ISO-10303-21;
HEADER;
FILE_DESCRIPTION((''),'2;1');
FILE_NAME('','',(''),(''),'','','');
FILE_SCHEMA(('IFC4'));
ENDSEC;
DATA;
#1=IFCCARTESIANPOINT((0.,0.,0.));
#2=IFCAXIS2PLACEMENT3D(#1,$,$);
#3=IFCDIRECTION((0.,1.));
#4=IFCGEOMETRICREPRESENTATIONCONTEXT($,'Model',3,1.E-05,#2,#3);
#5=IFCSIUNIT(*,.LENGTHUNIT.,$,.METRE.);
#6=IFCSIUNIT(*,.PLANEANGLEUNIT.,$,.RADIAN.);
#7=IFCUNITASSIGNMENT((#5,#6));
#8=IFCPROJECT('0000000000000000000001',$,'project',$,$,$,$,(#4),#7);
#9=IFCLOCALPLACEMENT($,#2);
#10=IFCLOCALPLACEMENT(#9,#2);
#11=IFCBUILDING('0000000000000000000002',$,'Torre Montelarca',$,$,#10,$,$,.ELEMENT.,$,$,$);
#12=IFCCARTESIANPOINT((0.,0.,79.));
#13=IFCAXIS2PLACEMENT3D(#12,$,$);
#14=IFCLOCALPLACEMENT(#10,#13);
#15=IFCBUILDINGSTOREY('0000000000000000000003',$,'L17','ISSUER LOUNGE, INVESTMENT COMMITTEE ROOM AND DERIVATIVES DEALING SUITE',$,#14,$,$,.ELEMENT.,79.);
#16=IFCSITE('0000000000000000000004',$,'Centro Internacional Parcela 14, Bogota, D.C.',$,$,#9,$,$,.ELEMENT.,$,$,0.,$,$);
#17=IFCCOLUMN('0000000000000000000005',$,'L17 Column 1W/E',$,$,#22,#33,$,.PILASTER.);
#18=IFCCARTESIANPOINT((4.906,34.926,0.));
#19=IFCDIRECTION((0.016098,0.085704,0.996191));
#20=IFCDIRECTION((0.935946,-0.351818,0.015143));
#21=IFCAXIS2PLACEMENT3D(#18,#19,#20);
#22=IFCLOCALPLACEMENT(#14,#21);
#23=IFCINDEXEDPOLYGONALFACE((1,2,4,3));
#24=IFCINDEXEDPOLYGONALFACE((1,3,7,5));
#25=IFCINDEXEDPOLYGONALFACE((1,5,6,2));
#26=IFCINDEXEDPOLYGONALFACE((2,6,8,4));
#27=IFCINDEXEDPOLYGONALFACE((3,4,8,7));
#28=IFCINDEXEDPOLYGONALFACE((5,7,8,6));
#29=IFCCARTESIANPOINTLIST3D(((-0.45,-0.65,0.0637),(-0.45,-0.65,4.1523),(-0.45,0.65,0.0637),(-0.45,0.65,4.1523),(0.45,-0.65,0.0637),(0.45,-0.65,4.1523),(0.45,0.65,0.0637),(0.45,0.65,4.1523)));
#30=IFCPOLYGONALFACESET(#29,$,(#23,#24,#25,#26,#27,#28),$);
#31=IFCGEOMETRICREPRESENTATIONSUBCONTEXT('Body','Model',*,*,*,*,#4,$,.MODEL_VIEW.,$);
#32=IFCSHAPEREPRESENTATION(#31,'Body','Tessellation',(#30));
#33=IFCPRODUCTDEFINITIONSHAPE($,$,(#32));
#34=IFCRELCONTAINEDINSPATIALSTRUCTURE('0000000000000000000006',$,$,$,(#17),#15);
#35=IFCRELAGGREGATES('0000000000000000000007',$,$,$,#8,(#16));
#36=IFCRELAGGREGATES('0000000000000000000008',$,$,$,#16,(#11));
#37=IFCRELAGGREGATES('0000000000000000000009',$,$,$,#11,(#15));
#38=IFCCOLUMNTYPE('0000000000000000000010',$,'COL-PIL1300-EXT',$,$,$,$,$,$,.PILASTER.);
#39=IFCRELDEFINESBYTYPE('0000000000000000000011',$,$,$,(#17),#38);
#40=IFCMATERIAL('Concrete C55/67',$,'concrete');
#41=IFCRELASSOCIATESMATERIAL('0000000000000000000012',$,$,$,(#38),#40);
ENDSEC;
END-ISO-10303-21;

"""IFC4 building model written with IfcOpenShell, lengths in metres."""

from ifc_helpers import new_model, si_unit, direction, frame, origin, origin_2d, place, context, subcontext, project, spatial, rectangle, extrude, clip, halfspace, material, material_profile, profile_set, type_object, element, save


model = new_model("IFC4")

# Units and contexts
model_context = context("Model", 3, precision=1e-05, world=origin(), true_north=direction((0.0, 1.0)))
body_context = subcontext(model_context, "Body", "Model", "MODEL_VIEW")
ifc_project = project(units=[si_unit("LENGTHUNIT", "METRE"), si_unit("PLANEANGLEUNIT", "RADIAN")], contexts=[model_context])

# Site, building, storey
site_placement = place(None, origin())
site = spatial("IfcSite", under=ifc_project, at=site_placement, Name="Centro Internacional Parcela 14, Bogota, D.C.", CompositionType="ELEMENT", RefElevation=0.0)
building_placement = place(site_placement, origin())
building = spatial("IfcBuilding", under=site, at=building_placement, Name="Torre Montelarca", CompositionType="ELEMENT")
storey_placement = place(building_placement, frame((0.0, 0.0, 79.0)))
storey = spatial("IfcBuildingStorey", under=building, at=storey_placement, Name="L17", Description="ISSUER LOUNGE, INVESTMENT COMMITTEE ROOM AND DERIVATIVES DEALING SUITE", CompositionType="ELEMENT", Elevation=79.0)

# Column
ifc_material_1 = material(Name="Concrete C55/67", Category="concrete")
ifc_material_profile_1 = material_profile(ifc_material_1, rectangle(XDim=0.8999, YDim=1.3, at=origin_2d()), Name="RC1300X900", Category="concrete")
ifc_profile_set_1 = profile_set([ifc_material_profile_1], Name="Concrete C55/67")
column_type_1 = type_object("IfcColumnType", Name="COL-PIL1300-EXT", PredefinedType="PILASTER", material=ifc_profile_set_1)
column_1_placement = place(storey_placement, frame((4.906, 34.926, 0.0), z_axis=(0.016098, 0.085704, 0.996191), x_axis=(0.935946, -0.351818, 0.015143)))
element("IfcColumn", 1, at=column_1_placement, inside=storey, type_object=column_type_1, Name="L17 Column 1W/E", PredefinedType="PILASTER", context=body_context, shape_type="Clipping", body=[
    clip(clip(extrude(rectangle(XDim=0.8999, YDim=1.3, at=origin_2d()), origin(), (0.0, 0.0, 1.0), 4.2161), halfspace(frame((0.0, 0.0, 0.0637), z_axis=(0.0, 0.0, -1.0), x_axis=(1.0, 0.0, 0.0)), False)), halfspace(frame((0.0, 0.0, 4.1523), z_axis=(0.0, 0.0, 1.0), x_axis=(1.0, 0.0, 0.0)), False)),
])

save(model, "model.ifc")
